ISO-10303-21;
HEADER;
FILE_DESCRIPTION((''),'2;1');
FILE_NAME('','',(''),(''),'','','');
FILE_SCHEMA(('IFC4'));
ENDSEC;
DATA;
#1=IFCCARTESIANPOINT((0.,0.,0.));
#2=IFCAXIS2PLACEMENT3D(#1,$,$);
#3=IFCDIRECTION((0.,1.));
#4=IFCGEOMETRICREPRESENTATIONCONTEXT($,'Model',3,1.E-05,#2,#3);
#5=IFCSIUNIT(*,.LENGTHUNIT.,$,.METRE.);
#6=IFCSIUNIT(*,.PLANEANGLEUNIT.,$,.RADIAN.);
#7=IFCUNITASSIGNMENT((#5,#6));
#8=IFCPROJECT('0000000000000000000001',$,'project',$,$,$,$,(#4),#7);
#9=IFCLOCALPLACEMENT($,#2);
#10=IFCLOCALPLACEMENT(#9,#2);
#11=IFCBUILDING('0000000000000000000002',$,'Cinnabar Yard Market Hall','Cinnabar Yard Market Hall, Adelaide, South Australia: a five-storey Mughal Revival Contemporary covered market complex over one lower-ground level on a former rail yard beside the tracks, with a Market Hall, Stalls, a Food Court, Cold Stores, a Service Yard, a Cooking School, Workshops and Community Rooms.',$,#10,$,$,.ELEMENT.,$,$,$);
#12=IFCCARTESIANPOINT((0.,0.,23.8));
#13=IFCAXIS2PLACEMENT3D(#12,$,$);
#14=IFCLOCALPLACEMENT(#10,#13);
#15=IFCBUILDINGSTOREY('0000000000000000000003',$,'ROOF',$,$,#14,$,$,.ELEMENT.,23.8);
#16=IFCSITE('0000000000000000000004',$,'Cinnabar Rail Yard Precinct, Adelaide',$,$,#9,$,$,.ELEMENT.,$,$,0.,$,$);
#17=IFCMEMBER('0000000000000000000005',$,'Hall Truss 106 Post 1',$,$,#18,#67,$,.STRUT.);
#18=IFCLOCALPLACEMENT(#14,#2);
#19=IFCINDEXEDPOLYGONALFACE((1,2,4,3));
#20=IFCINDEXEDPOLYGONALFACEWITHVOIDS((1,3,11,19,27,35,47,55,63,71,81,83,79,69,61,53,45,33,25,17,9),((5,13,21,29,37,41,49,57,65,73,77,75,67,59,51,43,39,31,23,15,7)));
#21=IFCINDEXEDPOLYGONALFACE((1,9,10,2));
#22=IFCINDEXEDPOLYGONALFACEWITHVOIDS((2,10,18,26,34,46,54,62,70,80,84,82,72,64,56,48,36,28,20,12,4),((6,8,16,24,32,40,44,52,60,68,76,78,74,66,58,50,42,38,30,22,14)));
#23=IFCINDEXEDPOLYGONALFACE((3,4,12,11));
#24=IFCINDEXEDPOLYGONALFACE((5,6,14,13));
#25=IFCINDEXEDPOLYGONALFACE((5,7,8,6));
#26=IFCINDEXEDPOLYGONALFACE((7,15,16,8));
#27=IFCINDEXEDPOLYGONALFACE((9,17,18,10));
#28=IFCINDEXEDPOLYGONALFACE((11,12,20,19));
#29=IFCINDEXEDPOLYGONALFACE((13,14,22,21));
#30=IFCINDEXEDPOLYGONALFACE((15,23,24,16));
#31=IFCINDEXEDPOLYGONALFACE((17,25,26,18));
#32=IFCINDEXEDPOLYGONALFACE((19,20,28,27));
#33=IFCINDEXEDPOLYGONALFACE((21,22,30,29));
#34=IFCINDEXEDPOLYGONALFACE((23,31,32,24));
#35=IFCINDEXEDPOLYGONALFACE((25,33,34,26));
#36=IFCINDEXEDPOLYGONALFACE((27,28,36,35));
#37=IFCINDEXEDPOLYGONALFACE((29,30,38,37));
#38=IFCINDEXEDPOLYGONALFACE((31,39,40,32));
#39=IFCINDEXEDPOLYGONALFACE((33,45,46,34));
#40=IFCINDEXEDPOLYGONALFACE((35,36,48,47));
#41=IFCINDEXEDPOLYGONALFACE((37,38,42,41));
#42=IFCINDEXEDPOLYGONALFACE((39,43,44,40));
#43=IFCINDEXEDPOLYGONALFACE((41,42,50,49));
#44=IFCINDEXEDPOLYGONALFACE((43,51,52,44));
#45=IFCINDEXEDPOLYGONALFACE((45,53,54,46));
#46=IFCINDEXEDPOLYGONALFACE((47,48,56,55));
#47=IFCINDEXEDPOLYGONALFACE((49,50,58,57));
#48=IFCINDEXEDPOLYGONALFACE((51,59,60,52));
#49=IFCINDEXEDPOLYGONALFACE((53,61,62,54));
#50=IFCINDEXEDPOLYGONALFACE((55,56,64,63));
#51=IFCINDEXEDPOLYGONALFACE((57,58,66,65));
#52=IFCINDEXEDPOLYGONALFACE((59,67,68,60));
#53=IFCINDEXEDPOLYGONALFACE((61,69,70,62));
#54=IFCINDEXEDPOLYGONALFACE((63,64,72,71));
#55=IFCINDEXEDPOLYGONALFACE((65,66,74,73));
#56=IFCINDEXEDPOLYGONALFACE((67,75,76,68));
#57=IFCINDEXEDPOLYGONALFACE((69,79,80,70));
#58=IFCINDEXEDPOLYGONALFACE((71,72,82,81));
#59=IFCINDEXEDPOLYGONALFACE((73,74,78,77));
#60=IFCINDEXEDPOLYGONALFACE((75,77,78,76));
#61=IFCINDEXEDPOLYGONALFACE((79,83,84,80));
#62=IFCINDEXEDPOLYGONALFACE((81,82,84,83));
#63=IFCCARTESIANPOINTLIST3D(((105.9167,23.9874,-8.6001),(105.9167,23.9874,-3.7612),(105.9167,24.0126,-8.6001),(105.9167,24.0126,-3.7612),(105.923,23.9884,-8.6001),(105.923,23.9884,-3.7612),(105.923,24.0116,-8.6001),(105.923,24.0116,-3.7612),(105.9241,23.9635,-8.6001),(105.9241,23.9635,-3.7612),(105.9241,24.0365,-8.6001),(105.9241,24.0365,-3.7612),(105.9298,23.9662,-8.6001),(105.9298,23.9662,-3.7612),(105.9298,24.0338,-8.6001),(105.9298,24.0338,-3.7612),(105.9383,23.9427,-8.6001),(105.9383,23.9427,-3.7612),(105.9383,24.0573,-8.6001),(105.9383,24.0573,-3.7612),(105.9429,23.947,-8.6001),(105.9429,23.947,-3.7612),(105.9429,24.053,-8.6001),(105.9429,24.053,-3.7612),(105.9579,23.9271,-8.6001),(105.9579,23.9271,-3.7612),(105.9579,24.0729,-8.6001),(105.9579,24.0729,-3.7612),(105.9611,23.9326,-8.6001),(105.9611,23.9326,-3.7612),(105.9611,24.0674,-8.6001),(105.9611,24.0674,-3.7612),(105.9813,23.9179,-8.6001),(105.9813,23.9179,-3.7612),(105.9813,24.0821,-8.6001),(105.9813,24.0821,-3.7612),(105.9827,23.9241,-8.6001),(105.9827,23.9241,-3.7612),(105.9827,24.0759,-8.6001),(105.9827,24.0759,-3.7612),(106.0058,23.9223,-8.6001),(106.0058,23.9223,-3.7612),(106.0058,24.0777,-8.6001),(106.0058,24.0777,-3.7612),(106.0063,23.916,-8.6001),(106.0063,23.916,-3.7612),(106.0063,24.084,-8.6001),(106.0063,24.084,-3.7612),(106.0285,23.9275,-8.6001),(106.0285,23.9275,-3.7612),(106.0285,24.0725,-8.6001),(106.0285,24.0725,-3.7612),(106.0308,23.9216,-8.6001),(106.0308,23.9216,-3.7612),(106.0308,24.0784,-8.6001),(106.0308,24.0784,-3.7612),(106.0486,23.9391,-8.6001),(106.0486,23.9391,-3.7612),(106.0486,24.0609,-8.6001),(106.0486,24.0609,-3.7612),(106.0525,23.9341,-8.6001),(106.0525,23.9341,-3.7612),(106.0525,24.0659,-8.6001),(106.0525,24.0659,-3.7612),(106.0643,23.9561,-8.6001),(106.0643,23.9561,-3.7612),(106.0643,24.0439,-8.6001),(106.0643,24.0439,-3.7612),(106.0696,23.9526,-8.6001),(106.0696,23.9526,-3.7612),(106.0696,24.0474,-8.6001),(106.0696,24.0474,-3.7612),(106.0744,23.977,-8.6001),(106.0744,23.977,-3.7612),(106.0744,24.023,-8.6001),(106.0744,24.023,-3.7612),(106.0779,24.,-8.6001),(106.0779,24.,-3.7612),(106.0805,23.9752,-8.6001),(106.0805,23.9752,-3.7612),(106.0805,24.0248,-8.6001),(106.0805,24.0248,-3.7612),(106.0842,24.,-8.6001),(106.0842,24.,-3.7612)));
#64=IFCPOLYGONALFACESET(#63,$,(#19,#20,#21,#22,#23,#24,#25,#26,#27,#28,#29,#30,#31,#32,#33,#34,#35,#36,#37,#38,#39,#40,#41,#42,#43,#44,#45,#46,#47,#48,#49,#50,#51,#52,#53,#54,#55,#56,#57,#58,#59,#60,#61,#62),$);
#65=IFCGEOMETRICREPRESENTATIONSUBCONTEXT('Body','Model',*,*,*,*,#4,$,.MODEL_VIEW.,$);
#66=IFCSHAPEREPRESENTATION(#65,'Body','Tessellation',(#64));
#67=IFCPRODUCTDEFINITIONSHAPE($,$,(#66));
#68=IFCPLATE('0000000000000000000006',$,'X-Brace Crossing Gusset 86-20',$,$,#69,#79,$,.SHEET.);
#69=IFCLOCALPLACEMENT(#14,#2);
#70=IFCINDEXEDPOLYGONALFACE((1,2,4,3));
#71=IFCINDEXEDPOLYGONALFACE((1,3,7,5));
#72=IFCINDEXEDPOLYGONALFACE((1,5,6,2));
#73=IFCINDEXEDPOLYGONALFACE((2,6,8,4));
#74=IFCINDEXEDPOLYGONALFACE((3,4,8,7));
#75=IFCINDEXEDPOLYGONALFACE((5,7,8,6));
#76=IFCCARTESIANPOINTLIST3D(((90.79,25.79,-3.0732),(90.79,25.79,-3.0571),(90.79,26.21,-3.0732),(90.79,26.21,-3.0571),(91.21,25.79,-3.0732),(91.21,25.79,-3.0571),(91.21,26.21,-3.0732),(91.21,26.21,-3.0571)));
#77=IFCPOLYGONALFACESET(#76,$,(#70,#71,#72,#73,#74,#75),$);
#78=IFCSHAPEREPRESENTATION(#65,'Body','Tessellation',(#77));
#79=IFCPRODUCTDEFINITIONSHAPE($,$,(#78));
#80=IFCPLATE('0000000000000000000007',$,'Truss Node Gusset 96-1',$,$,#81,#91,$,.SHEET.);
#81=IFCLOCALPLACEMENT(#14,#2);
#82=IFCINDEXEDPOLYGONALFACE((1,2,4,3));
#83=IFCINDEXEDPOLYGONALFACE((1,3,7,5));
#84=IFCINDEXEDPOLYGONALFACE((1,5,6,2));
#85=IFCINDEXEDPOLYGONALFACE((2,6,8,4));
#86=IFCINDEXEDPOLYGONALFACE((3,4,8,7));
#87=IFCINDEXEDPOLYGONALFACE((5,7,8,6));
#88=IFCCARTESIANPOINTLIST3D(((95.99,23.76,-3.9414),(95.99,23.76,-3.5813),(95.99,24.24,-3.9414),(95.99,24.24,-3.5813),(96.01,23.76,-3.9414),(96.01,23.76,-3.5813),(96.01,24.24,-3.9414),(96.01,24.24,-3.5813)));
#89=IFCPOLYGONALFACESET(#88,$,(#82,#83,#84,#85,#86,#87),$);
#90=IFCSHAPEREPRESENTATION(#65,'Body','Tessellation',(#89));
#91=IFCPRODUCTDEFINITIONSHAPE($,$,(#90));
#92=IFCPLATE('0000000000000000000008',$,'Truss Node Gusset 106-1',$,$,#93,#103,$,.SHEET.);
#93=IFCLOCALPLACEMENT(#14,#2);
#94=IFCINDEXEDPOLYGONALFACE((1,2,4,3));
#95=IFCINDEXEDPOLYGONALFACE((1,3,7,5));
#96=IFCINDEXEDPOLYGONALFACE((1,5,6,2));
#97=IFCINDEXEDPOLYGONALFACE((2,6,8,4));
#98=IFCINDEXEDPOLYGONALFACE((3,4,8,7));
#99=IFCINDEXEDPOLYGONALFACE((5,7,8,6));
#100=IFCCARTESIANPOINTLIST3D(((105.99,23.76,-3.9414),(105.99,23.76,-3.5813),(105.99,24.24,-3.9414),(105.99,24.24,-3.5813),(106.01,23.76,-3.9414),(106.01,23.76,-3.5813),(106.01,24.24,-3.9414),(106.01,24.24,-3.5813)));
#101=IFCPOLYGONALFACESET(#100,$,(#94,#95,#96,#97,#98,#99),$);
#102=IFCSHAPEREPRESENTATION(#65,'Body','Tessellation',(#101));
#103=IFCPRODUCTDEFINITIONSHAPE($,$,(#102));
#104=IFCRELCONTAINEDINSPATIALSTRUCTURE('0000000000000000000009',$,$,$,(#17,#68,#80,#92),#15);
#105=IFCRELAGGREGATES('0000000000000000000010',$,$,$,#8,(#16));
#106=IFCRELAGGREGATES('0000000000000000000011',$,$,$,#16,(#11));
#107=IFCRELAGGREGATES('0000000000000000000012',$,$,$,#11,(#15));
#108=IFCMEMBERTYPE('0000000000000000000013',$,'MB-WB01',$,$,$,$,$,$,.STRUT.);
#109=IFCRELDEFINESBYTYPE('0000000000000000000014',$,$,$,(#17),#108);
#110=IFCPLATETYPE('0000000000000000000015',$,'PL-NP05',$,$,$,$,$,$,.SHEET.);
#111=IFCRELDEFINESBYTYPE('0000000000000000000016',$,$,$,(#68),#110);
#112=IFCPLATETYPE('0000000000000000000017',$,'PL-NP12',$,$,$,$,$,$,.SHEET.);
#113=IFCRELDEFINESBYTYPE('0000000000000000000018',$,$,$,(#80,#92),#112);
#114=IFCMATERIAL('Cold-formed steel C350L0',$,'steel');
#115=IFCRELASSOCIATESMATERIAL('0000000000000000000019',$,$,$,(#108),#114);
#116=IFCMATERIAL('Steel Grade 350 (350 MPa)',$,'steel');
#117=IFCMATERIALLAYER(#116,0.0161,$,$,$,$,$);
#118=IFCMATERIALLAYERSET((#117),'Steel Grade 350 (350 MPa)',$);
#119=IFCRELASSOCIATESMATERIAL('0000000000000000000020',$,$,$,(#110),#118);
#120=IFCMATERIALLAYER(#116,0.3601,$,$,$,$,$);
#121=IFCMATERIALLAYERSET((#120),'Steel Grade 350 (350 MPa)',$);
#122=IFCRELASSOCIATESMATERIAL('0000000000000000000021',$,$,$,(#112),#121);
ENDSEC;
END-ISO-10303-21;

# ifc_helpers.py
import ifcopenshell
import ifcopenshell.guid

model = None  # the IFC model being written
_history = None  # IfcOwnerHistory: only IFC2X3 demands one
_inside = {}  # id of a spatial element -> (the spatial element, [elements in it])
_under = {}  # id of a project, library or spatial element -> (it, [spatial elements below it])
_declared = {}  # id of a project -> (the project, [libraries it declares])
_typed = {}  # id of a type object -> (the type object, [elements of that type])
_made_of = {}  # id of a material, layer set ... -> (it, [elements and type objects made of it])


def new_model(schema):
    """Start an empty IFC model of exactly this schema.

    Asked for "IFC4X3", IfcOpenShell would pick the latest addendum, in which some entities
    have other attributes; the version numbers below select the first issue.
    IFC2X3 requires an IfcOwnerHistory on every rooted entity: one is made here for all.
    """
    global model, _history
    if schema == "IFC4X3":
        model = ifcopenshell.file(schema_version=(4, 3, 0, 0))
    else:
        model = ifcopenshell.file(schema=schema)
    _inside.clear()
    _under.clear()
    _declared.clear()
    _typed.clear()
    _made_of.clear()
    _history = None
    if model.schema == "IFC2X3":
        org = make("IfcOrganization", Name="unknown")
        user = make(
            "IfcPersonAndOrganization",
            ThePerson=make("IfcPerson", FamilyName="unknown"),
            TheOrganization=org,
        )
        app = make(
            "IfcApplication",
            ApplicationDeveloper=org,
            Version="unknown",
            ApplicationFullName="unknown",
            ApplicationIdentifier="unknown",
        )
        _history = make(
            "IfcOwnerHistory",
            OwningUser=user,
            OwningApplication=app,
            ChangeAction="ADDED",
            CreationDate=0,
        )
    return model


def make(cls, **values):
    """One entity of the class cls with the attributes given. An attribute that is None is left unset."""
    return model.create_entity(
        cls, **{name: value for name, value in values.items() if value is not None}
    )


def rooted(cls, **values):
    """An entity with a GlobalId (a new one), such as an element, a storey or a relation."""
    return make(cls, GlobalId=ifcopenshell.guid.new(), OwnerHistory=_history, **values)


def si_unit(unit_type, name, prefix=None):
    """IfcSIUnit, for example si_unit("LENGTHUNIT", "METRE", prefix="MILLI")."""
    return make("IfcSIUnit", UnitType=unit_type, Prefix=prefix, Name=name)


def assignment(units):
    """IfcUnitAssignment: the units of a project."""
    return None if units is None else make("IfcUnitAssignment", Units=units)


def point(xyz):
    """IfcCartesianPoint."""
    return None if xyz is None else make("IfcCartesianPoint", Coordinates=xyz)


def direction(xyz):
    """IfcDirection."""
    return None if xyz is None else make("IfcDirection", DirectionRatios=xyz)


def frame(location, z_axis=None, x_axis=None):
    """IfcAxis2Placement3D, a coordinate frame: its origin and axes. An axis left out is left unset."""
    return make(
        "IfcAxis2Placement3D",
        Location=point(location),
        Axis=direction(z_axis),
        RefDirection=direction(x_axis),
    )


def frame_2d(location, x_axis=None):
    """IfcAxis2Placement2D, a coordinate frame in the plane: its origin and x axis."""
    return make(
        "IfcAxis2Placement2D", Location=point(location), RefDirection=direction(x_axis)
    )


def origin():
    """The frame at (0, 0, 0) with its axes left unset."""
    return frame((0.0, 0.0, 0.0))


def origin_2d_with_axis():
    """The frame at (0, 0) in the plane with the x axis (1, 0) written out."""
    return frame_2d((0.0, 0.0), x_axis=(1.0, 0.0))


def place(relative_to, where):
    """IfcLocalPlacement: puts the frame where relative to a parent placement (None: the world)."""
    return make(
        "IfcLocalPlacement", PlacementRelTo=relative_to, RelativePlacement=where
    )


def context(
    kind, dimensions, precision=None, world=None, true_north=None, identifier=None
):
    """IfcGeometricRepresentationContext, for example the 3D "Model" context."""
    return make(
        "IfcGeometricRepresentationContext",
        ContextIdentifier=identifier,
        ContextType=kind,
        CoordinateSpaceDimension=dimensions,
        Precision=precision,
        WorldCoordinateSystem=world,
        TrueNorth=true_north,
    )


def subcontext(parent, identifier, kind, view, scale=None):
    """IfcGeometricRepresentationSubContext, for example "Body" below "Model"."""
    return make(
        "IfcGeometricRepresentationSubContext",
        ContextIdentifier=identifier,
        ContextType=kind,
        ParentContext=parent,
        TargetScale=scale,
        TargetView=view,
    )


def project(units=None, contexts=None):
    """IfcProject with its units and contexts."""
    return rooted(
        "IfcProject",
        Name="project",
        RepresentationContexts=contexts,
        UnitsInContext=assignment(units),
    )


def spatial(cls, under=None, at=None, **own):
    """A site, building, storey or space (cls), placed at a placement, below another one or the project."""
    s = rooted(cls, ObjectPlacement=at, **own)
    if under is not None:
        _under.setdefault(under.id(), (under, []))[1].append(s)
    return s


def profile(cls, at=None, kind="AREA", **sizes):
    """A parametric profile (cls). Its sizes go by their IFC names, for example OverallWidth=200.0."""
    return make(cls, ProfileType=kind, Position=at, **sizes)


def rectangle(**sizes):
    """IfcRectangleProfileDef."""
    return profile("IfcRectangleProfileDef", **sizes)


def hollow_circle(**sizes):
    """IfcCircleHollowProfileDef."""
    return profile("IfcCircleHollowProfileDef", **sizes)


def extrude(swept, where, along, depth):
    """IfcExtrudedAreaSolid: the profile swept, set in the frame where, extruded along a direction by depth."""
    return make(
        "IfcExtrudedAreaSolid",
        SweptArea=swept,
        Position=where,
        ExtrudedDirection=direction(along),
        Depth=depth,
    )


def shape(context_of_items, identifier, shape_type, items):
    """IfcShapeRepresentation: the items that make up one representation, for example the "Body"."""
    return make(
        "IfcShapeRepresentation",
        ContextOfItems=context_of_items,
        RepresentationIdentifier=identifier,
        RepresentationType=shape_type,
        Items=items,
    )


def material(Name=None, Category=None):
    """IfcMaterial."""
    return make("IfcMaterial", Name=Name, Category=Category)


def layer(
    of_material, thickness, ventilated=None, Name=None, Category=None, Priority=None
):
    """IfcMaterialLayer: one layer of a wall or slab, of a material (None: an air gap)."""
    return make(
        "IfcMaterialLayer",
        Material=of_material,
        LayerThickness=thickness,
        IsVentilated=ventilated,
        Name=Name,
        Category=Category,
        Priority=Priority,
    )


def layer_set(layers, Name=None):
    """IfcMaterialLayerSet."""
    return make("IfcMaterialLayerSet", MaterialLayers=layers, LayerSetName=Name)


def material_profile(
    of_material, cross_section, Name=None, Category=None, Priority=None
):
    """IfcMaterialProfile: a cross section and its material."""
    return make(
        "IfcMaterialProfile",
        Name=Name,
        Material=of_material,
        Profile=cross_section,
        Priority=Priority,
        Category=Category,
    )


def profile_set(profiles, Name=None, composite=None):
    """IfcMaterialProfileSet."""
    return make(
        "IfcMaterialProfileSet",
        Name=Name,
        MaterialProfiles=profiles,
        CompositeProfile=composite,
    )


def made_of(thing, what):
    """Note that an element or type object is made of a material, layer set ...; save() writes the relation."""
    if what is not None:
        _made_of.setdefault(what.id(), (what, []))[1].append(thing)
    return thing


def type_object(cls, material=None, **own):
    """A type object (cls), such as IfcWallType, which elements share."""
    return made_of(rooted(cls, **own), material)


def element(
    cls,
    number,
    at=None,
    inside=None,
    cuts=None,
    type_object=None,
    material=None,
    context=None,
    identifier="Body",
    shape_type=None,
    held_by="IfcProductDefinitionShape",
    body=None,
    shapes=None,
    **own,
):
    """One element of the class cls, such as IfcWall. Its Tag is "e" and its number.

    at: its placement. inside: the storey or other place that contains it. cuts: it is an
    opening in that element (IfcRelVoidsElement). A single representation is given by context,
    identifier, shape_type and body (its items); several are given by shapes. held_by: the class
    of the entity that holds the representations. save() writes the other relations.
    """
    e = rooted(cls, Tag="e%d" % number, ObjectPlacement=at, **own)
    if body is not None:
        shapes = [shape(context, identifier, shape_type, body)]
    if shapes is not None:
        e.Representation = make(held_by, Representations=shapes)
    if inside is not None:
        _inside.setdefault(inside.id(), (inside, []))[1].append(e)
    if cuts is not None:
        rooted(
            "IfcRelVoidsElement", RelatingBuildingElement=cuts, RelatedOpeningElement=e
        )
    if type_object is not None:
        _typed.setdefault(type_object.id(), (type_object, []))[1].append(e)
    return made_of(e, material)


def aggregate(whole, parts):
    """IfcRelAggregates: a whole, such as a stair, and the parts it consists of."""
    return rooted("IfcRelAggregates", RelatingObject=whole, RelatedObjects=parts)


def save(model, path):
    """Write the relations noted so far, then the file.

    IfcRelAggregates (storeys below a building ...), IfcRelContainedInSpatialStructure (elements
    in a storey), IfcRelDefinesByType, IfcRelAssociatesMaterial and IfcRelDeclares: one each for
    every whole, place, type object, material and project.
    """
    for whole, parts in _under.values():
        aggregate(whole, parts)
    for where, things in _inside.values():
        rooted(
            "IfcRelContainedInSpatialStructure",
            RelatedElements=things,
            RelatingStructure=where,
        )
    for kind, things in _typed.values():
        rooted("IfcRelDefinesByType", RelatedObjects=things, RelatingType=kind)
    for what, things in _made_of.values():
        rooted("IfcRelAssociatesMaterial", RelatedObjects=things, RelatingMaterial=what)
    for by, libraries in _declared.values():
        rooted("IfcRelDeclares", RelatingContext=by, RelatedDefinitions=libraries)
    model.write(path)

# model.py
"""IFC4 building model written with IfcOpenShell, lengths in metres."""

from ifc_helpers import new_model, si_unit, direction, frame, origin, origin_2d_with_axis, place, context, subcontext, project, spatial, rectangle, hollow_circle, extrude, material, layer, layer_set, material_profile, profile_set, type_object, element, save


model = new_model("IFC4")

# Units and contexts
model_context = context("Model", 3, precision=1e-05, world=origin(), true_north=direction((0.0, 1.0)))
body_context = subcontext(model_context, "Body", "Model", "MODEL_VIEW")
ifc_project = project(units=[si_unit("LENGTHUNIT", "METRE"), si_unit("PLANEANGLEUNIT", "RADIAN")], contexts=[model_context])

# Site, building, storey
site_placement = place(None, origin())
site = spatial("IfcSite", under=ifc_project, at=site_placement, Name="Cinnabar Rail Yard Precinct, Adelaide", CompositionType="ELEMENT", RefElevation=0.0)
building_placement = place(site_placement, origin())
building = spatial("IfcBuilding", under=site, at=building_placement, Name="Cinnabar Yard Market Hall", Description="Cinnabar Yard Market Hall, Adelaide, South Australia: a five-storey Mughal Revival Contemporary covered market complex over one lower-ground level on a former rail yard beside the tracks, with a Market Hall, Stalls, a Food Court, Cold Stores, a Service Yard, a Cooking School, Workshops and Community Rooms.", CompositionType="ELEMENT")
storey_placement = place(building_placement, frame((0.0, 0.0, 23.8)))
storey = spatial("IfcBuildingStorey", under=building, at=storey_placement, Name="ROOF", CompositionType="ELEMENT", Elevation=23.8)

# Member
ifc_material_1 = material(Name="Cold-formed steel C350L0", Category="steel")
ifc_material_profile_1 = material_profile(ifc_material_1, hollow_circle(Radius=0.0842, WallThickness=0.0063, at=origin_2d_with_axis()), Name="168.3x6.4CHS")
ifc_profile_set_1 = profile_set([ifc_material_profile_1], Name="Cold-formed steel C350L0")
member_type_1 = type_object("IfcMemberType", Name="MB-WB01", PredefinedType="STRUT", material=ifc_profile_set_1)
member_1_placement = place(storey_placement, frame((106.0, 24.0, -8.6001), z_axis=(0.0, 0.0, 1.0), x_axis=(1.0, 0.0, 0.0)))
element("IfcMember", 1, at=member_1_placement, inside=storey, type_object=member_type_1, Name="Hall Truss 106 Post 1", PredefinedType="STRUT", context=body_context, shape_type="SweptSolid", body=[
    extrude(hollow_circle(Radius=0.0842, WallThickness=0.0063, at=origin_2d_with_axis()), origin(), (0.0, 0.0, 1.0), 4.8389),
])

# Plates
ifc_material_2 = material(Name="Steel Grade 350 (350 MPa)", Category="steel")
ifc_layer_1 = layer(ifc_material_2, 0.0161)
ifc_layer_set_1 = layer_set([ifc_layer_1], Name="Steel Grade 350 (350 MPa)")
plate_type_1 = type_object("IfcPlateType", Name="PL-NP05", PredefinedType="SHEET", material=ifc_layer_set_1)
plate_placement = place(storey_placement, frame((91.0, 26.0, -3.0732), z_axis=(0.0, 0.0, 1.0), x_axis=(1.0, 0.0, 0.0)))
element("IfcPlate", 2, at=plate_placement, inside=storey, type_object=plate_type_1, Name="X-Brace Crossing Gusset 86-20", PredefinedType="SHEET", context=body_context, shape_type="SweptSolid", body=[
    extrude(rectangle(XDim=0.4199, YDim=0.4199, at=origin_2d_with_axis()), origin(), (0.0, 0.0, 1.0), 0.0161),
])
ifc_layer_2 = layer(ifc_material_2, 0.3601)
ifc_layer_set_2 = layer_set([ifc_layer_2], Name="Steel Grade 350 (350 MPa)")
plate_type_2 = type_object("IfcPlateType", Name="PL-NP12", PredefinedType="SHEET", material=ifc_layer_set_2)
for number, where, z_axis, x_axis, name in (
    (3, (96.0, 24.0, -3.9414), (0.0, 0.0, 1.0), (1.0, 0.0, 0.0), "Truss Node Gusset 96-1"),
    (4, (106.0, 24.0, -3.9414), (0.0, 0.0, 1.0), (1.0, 0.0, 0.0), "Truss Node Gusset 106-1"),
):
    element("IfcPlate", number, at=place(storey_placement, frame(where, z_axis=z_axis, x_axis=x_axis)), inside=storey, type_object=plate_type_2, Name=name, PredefinedType="SHEET", context=body_context, shape_type="SweptSolid", body=[
        extrude(rectangle(XDim=0.02, YDim=0.48, at=origin_2d_with_axis()), origin(), (0.0, 0.0, 1.0), 0.3601),
    ])

save(model, "model.ifc")
